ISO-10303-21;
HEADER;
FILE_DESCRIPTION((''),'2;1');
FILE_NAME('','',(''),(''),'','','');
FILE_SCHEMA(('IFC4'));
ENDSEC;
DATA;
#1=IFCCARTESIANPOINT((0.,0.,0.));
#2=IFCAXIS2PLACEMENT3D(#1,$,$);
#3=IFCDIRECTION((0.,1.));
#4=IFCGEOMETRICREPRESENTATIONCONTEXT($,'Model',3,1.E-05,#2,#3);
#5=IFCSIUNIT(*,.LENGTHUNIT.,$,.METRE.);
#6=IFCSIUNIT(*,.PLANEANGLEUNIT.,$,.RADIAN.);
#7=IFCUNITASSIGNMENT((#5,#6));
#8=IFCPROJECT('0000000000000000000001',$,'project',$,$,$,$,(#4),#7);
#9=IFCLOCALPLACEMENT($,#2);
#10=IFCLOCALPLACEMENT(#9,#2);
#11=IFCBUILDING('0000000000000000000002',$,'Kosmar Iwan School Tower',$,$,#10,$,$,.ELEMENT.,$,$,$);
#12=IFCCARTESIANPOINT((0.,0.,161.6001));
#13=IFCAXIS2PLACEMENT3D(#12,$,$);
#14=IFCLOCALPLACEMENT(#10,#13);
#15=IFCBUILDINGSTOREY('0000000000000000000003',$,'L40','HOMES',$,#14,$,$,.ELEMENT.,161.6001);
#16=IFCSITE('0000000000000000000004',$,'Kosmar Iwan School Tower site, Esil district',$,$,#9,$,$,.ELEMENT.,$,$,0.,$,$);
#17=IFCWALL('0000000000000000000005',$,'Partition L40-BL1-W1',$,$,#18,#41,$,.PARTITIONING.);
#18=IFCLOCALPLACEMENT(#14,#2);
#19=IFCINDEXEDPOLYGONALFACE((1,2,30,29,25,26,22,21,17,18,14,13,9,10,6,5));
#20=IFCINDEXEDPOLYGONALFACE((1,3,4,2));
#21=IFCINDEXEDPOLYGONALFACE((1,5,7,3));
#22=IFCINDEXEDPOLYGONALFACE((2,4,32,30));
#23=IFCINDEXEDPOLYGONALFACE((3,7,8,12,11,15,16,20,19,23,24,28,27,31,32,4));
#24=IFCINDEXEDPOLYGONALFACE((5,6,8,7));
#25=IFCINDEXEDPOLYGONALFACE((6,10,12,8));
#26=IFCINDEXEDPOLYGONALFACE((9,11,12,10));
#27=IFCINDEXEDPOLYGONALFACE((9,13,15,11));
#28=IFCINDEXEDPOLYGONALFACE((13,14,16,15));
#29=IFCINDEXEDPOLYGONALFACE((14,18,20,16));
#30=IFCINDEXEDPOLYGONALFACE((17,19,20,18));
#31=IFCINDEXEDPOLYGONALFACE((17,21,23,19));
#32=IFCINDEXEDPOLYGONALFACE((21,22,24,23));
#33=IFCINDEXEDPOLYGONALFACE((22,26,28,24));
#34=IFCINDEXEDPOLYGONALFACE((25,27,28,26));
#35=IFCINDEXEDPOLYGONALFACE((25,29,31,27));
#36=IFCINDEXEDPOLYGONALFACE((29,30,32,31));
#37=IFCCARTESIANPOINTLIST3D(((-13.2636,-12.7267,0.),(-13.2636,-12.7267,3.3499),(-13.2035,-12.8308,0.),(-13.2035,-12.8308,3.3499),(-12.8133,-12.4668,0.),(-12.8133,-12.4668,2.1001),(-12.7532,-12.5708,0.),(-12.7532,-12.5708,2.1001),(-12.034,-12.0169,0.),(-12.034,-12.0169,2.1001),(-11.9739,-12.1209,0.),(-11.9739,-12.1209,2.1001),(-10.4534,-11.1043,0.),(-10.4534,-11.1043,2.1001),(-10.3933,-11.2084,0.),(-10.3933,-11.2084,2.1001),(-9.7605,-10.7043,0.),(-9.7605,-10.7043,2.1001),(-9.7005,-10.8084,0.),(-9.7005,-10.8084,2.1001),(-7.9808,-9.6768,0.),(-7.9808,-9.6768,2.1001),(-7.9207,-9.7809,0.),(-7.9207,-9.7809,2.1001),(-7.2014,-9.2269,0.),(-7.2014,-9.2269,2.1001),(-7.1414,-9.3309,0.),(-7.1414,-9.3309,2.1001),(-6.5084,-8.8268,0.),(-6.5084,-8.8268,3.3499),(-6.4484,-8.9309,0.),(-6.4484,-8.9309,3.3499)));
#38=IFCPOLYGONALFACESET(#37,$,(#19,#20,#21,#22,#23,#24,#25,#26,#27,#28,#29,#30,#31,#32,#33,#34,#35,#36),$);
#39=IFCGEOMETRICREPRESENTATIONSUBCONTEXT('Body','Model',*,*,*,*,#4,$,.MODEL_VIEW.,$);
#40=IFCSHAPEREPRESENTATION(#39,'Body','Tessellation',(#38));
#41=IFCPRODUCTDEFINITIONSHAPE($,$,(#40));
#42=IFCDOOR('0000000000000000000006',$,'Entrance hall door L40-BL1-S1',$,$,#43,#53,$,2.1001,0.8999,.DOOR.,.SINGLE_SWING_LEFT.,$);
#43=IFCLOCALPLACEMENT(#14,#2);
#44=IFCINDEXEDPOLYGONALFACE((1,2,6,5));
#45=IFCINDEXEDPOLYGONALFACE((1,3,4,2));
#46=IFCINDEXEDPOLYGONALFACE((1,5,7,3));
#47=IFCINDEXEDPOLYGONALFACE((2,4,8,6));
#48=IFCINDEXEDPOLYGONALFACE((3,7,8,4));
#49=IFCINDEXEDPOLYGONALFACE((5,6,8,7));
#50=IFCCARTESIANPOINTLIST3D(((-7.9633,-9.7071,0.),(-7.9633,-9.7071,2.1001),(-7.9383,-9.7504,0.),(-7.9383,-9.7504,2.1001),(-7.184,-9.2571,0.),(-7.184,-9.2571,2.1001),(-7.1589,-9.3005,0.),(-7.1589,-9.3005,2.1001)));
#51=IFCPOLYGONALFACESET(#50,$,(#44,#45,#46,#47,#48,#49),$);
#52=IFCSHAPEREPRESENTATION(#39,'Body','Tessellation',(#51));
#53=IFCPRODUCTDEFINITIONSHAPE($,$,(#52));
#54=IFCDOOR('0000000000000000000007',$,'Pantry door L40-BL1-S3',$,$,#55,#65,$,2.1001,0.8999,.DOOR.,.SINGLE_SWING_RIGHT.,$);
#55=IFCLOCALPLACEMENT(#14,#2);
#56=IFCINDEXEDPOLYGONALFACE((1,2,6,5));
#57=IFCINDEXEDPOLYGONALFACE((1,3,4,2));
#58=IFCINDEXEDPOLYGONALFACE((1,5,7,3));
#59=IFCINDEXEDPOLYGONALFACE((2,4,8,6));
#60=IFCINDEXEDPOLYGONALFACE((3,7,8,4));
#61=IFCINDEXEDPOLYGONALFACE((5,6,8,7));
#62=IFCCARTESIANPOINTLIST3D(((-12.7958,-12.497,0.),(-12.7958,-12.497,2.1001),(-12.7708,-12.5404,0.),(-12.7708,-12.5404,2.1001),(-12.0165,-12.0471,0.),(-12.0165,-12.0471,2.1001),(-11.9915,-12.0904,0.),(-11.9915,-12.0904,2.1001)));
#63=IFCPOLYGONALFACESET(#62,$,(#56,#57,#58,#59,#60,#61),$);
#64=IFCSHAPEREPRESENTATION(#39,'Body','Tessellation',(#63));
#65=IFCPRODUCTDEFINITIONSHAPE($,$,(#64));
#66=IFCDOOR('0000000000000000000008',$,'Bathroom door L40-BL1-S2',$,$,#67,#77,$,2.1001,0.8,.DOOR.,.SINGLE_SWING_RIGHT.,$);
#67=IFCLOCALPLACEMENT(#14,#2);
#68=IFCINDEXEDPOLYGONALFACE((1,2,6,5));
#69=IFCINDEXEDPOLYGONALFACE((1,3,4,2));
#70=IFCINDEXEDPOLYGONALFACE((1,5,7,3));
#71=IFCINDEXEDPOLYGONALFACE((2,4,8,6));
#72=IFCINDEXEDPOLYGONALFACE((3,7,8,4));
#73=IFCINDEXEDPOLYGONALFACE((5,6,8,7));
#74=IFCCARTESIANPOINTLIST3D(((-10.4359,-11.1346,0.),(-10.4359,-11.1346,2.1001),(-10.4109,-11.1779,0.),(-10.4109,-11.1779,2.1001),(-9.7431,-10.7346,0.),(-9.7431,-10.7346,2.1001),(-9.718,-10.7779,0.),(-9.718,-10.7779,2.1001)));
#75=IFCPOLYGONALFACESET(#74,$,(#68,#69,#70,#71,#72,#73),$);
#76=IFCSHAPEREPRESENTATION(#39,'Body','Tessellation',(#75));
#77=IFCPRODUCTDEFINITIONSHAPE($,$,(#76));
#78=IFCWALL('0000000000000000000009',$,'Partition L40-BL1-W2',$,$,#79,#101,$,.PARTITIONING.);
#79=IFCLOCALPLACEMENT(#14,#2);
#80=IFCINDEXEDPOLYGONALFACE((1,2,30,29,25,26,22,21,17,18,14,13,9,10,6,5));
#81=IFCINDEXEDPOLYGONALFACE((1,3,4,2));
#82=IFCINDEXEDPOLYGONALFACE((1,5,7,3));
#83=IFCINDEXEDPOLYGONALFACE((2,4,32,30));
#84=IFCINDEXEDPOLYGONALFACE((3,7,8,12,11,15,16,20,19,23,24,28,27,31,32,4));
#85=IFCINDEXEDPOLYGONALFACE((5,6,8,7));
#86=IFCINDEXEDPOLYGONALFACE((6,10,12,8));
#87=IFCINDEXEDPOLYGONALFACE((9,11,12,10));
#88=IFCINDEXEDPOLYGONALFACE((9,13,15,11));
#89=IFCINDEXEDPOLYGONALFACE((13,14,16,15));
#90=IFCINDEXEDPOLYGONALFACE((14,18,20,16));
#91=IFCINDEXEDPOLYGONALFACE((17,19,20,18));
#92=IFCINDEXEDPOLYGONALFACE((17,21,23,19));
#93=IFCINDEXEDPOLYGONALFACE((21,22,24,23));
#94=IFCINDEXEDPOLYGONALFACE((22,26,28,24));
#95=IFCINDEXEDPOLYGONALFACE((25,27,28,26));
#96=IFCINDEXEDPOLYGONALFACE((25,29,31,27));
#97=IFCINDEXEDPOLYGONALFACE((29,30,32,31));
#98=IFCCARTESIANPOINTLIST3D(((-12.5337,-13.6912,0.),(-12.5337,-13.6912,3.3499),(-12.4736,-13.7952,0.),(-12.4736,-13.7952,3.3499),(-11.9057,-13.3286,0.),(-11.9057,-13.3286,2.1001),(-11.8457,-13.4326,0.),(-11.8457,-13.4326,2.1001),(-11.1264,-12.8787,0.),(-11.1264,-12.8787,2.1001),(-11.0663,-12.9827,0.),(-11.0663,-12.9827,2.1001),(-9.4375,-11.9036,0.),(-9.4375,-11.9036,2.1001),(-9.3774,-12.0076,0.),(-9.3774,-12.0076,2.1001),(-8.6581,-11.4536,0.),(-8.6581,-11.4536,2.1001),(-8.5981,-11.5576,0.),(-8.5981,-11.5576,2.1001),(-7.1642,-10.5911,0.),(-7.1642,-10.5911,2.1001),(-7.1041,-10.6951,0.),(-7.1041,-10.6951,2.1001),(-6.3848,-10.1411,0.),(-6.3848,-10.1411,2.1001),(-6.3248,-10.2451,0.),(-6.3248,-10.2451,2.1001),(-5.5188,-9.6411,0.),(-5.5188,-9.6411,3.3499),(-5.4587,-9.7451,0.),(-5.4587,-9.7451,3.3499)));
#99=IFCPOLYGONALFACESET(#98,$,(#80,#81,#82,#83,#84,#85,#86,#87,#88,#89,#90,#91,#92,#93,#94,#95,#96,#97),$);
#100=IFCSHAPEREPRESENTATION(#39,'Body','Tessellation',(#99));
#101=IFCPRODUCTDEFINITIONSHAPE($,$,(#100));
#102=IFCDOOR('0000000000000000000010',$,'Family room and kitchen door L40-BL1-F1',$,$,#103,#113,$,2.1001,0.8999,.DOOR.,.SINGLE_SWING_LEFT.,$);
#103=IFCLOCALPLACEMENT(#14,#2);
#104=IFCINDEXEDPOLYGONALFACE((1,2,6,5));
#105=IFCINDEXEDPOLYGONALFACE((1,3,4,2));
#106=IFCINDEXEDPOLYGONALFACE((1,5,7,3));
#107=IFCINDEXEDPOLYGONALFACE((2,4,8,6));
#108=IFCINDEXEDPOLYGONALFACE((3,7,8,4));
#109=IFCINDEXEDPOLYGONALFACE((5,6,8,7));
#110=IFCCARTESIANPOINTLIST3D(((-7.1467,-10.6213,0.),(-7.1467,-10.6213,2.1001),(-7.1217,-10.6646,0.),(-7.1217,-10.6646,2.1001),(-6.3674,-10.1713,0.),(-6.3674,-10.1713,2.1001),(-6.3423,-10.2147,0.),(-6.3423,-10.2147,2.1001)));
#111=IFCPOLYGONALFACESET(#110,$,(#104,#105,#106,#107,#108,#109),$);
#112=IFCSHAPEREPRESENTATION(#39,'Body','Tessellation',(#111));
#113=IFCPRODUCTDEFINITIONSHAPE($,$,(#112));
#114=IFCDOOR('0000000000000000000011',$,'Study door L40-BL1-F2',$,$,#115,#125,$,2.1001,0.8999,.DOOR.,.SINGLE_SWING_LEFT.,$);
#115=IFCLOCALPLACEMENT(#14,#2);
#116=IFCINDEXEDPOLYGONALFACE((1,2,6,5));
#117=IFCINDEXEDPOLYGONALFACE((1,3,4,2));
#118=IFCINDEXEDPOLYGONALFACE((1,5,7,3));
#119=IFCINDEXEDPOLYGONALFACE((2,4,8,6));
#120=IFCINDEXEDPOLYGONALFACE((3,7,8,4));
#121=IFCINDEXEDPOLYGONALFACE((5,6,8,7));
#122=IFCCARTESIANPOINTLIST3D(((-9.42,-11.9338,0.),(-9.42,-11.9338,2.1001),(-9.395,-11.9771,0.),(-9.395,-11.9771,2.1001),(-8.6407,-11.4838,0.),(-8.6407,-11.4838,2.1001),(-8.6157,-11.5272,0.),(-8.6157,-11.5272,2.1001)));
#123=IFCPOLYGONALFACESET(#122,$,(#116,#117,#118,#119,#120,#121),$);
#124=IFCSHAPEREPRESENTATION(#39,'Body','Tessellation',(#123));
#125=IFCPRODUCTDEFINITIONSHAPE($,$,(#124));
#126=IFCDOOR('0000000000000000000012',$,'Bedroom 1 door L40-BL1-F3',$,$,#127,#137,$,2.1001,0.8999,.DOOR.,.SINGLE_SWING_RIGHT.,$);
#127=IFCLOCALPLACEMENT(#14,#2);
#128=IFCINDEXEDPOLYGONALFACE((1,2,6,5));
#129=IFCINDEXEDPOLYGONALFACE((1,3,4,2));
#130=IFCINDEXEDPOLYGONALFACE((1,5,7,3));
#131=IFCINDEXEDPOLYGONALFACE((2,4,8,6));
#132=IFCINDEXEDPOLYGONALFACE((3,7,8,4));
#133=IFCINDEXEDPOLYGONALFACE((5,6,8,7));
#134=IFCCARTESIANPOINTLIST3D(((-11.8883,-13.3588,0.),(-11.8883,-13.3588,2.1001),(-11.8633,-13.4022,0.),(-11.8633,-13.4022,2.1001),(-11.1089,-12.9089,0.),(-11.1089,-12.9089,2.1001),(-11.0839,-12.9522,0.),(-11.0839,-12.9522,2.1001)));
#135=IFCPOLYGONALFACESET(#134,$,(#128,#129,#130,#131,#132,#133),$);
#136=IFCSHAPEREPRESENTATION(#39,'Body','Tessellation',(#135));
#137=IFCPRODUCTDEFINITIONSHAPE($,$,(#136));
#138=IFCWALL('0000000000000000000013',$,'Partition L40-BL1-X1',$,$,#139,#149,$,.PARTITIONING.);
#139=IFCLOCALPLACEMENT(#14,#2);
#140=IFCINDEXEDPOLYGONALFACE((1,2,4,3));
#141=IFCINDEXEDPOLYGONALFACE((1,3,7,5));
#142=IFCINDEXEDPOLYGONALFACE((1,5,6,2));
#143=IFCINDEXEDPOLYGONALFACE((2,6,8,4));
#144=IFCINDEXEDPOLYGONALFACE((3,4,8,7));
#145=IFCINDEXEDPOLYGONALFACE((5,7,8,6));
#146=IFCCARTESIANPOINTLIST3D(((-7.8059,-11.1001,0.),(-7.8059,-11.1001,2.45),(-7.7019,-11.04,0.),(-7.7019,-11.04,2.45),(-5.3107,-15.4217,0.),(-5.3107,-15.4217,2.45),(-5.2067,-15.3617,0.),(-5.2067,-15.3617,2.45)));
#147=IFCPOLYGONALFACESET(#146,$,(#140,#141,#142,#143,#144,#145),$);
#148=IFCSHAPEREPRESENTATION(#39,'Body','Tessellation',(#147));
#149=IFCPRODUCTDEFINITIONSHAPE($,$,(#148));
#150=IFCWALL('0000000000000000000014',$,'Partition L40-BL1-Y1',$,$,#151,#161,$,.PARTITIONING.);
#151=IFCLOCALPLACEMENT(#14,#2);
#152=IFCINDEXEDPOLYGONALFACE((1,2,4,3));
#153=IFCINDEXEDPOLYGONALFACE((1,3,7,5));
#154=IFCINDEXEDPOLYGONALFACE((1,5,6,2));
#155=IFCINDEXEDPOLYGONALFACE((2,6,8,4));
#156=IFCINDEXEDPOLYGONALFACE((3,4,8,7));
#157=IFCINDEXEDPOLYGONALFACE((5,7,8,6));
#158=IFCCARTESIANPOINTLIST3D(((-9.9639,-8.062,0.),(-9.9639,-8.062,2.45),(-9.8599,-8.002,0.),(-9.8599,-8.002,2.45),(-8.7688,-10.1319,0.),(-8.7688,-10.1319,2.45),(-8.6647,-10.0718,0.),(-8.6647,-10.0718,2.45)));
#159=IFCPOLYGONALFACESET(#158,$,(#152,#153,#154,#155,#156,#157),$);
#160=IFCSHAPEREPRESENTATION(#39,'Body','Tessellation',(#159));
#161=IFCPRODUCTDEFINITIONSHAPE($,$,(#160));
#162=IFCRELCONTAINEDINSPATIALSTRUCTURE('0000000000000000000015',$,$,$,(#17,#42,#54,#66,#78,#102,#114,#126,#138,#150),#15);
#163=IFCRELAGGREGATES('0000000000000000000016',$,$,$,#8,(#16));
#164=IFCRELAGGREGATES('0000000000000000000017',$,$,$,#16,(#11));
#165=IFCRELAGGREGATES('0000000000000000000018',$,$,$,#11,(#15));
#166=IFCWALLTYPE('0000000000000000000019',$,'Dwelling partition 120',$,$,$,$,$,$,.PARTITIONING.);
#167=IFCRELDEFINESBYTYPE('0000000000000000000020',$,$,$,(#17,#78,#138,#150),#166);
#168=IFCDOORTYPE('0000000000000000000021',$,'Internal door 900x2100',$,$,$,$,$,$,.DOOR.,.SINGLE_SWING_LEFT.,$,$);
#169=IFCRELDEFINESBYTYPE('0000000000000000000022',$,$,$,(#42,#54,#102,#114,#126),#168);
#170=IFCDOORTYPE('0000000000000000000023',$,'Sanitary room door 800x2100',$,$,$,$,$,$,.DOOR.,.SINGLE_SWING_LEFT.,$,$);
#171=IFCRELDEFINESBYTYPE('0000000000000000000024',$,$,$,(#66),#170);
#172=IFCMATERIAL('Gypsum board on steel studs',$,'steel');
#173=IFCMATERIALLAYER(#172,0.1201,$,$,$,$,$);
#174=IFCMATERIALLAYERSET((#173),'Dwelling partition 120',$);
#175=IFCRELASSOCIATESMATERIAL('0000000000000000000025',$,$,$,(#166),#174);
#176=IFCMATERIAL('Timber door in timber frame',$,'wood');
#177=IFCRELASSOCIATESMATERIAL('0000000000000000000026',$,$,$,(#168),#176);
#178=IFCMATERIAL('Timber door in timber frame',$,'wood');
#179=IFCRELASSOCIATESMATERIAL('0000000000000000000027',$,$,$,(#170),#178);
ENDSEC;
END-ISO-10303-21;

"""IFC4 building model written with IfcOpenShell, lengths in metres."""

from ifc_helpers import new_model, si_unit, direction, frame, frame_2d, origin, place, context, subcontext, project, spatial, rectangle, extrude, material, layer, layer_set, type_object, element, fill, save


model = new_model("IFC4")

# Units and contexts
model_context = context("Model", 3, precision=1e-05, world=origin(), true_north=direction((0.0, 1.0)))
body_context = subcontext(model_context, "Body", "Model", "MODEL_VIEW")
ifc_project = project(units=[si_unit("LENGTHUNIT", "METRE"), si_unit("PLANEANGLEUNIT", "RADIAN")], contexts=[model_context])

# Site, building, storey
site_placement = place(None, origin())
site = spatial("IfcSite", under=ifc_project, at=site_placement, Name="Kosmar Iwan School Tower site, Esil district", CompositionType="ELEMENT", RefElevation=0.0)
building_placement = place(site_placement, origin())
building = spatial("IfcBuilding", under=site, at=building_placement, Name="Kosmar Iwan School Tower", CompositionType="ELEMENT")
storey_placement = place(building_placement, frame((0.0, 0.0, 161.6001)))
storey = spatial("IfcBuildingStorey", under=building, at=storey_placement, Name="L40", Description="HOMES", CompositionType="ELEMENT", Elevation=161.6001)

# Walls, openings, doors
ifc_material_1 = material(Name="Gypsum board on steel studs", Category="steel")
ifc_layer_1 = layer(ifc_material_1, 0.1201)
ifc_layer_set_1 = layer_set([ifc_layer_1], Name="Dwelling partition 120")
wall_type_1 = type_object("IfcWallType", Name="Dwelling partition 120", PredefinedType="PARTITIONING", material=ifc_layer_set_1)
wall_1_placement = place(storey_placement, frame((-6.4785, -8.8789, 0.0), z_axis=(0.0, 0.0, 1.0), x_axis=(-0.866035, -0.499983, 0.0)))
wall_1 = element("IfcWall", 1, at=wall_1_placement, inside=storey, type_object=wall_type_1, Name="Partition L40-BL1-W1", PredefinedType="PARTITIONING", context=body_context, shape_type="SweptSolid", body=[
    extrude(rectangle(XDim=7.8, YDim=0.1201, at=frame_2d((3.8999, 0.0))), origin(), (0.0, 0.0, 1.0), 3.3499),
])
opening_1_placement = place(wall_1_placement, frame((0.8, 0.0, 0.0)))
opening_1 = element("IfcOpeningElement", 2, at=opening_1_placement, cuts=wall_1, PredefinedType="OPENING", context=body_context, shape_type="SweptSolid", body=[
    extrude(rectangle(XDim=0.8999, YDim=2.1001, at=frame_2d((0.45, 1.05))), frame((0.0, 0.072, 0.0), z_axis=(0.0, -1.0, 0.0), x_axis=(1.0, 0.0, 0.0)), (0.0, 0.0, 1.0), 0.144),
])
opening_2_placement = place(wall_1_placement, frame((3.7551, 0.0, 0.0)))
opening_2 = element("IfcOpeningElement", 3, at=opening_2_placement, cuts=wall_1, PredefinedType="OPENING", context=body_context, shape_type="SweptSolid", body=[
    extrude(rectangle(XDim=0.8, YDim=2.1001, at=frame_2d((0.3999, 1.05))), frame((0.0, 0.072, 0.0), z_axis=(0.0, -1.0, 0.0), x_axis=(1.0, 0.0, 0.0)), (0.0, 0.0, 1.0), 0.144),
])
opening_3_placement = place(wall_1_placement, frame((6.3801, 0.0, 0.0)))
opening_3 = element("IfcOpeningElement", 4, at=opening_3_placement, cuts=wall_1, PredefinedType="OPENING", context=body_context, shape_type="SweptSolid", body=[
    extrude(rectangle(XDim=0.8999, YDim=2.1001, at=frame_2d((0.45, 1.05))), frame((0.0, 0.072, 0.0), z_axis=(0.0, -1.0, 0.0), x_axis=(1.0, 0.0, 0.0)), (0.0, 0.0, 1.0), 0.144),
])
ifc_material_2 = material(Name="Timber door in timber frame", Category="wood")
door_type_1 = type_object("IfcDoorType", Name="Internal door 900x2100", OperationType="SINGLE_SWING_LEFT", PredefinedType="DOOR", material=ifc_material_2)
door_1_placement = place(opening_1_placement, origin())
door_1 = element("IfcDoor", 5, at=door_1_placement, inside=storey, type_object=door_type_1, Name="Entrance hall door L40-BL1-S1", OperationType="SINGLE_SWING_LEFT", OverallHeight=2.1001, OverallWidth=0.8999, PredefinedType="DOOR", context=body_context, shape_type="SweptSolid", body=[
    extrude(rectangle(XDim=0.8999, YDim=2.1001, at=frame_2d((0.45, 1.05))), frame((0.0, 0.0249, 0.0), z_axis=(0.0, -1.0, 0.0), x_axis=(1.0, 0.0, 0.0)), (0.0, 0.0, 1.0), 0.05),
])
fill(opening_1, door_1)
door_2_placement = place(opening_3_placement, origin())
door_2 = element("IfcDoor", 6, at=door_2_placement, inside=storey, type_object=door_type_1, Name="Pantry door L40-BL1-S3", OperationType="SINGLE_SWING_RIGHT", OverallHeight=2.1001, OverallWidth=0.8999, PredefinedType="DOOR", context=body_context, shape_type="SweptSolid", body=[
    extrude(rectangle(XDim=0.8999, YDim=2.1001, at=frame_2d((0.45, 1.05))), frame((0.0, 0.0249, 0.0), z_axis=(0.0, -1.0, 0.0), x_axis=(1.0, 0.0, 0.0)), (0.0, 0.0, 1.0), 0.05),
])
fill(opening_3, door_2)
ifc_material_3 = material(Name="Timber door in timber frame", Category="wood")
door_type_2 = type_object("IfcDoorType", Name="Sanitary room door 800x2100", OperationType="SINGLE_SWING_LEFT", PredefinedType="DOOR", material=ifc_material_3)
door_3_placement = place(opening_2_placement, origin())
door_3 = element("IfcDoor", 7, at=door_3_placement, inside=storey, type_object=door_type_2, Name="Bathroom door L40-BL1-S2", OperationType="SINGLE_SWING_RIGHT", OverallHeight=2.1001, OverallWidth=0.8, PredefinedType="DOOR", context=body_context, shape_type="SweptSolid", body=[
    extrude(rectangle(XDim=0.8, YDim=2.1001, at=frame_2d((0.3999, 1.05))), frame((0.0, 0.0249, 0.0), z_axis=(0.0, -1.0, 0.0), x_axis=(1.0, 0.0, 0.0)), (0.0, 0.0, 1.0), 0.05),
])
fill(opening_2, door_3)
wall_2_placement = place(storey_placement, frame((-5.4888, -9.6931, 0.0), z_axis=(0.0, 0.0, 1.0), x_axis=(-0.866025, -0.5, 0.0)))
wall_2 = element("IfcWall", 8, at=wall_2_placement, inside=storey, type_object=wall_type_1, Name="Partition L40-BL1-W2", PredefinedType="PARTITIONING", context=body_context, shape_type="SweptSolid", body=[
    extrude(rectangle(XDim=8.1001, YDim=0.1201, at=frame_2d((4.05, 0.0))), origin(), (0.0, 0.0, 1.0), 3.3499),
])
opening_4_placement = place(wall_2_placement, frame((1.0, 0.0, 0.0)))
opening_4 = element("IfcOpeningElement", 9, at=opening_4_placement, cuts=wall_2, PredefinedType="OPENING", context=body_context, shape_type="SweptSolid", body=[
    extrude(rectangle(XDim=0.8999, YDim=2.1001, at=frame_2d((0.45, 1.05))), frame((0.0, 0.072, 0.0), z_axis=(0.0, -1.0, 0.0), x_axis=(1.0, 0.0, 0.0)), (0.0, 0.0, 1.0), 0.144),
])
opening_5_placement = place(wall_2_placement, frame((3.625, 0.0, 0.0)))
opening_5 = element("IfcOpeningElement", 10, at=opening_5_placement, cuts=wall_2, PredefinedType="OPENING", context=body_context, shape_type="SweptSolid", body=[
    extrude(rectangle(XDim=0.8999, YDim=2.1001, at=frame_2d((0.45, 1.05))), frame((0.0, 0.072, 0.0), z_axis=(0.0, -1.0, 0.0), x_axis=(1.0, 0.0, 0.0)), (0.0, 0.0, 1.0), 0.144),
])
opening_6_placement = place(wall_2_placement, frame((6.4751, 0.0, 0.0)))
opening_6 = element("IfcOpeningElement", 11, at=opening_6_placement, cuts=wall_2, PredefinedType="OPENING", context=body_context, shape_type="SweptSolid", body=[
    extrude(rectangle(XDim=0.8999, YDim=2.1001, at=frame_2d((0.45, 1.05))), frame((0.0, 0.072, 0.0), z_axis=(0.0, -1.0, 0.0), x_axis=(1.0, 0.0, 0.0)), (0.0, 0.0, 1.0), 0.144),
])
door_4_placement = place(opening_4_placement, origin())
door_4 = element("IfcDoor", 12, at=door_4_placement, inside=storey, type_object=door_type_1, Name="Family room and kitchen door L40-BL1-F1", OperationType="SINGLE_SWING_LEFT", OverallHeight=2.1001, OverallWidth=0.8999, PredefinedType="DOOR", context=body_context, shape_type="SweptSolid", body=[
    extrude(rectangle(XDim=0.8999, YDim=2.1001, at=frame_2d((0.45, 1.05))), frame((0.0, 0.0249, 0.0), z_axis=(0.0, -1.0, 0.0), x_axis=(1.0, 0.0, 0.0)), (0.0, 0.0, 1.0), 0.05),
])
fill(opening_4, door_4)
door_5_placement = place(opening_5_placement, origin())
door_5 = element("IfcDoor", 13, at=door_5_placement, inside=storey, type_object=door_type_1, Name="Study door L40-BL1-F2", OperationType="SINGLE_SWING_LEFT", OverallHeight=2.1001, OverallWidth=0.8999, PredefinedType="DOOR", context=body_context, shape_type="SweptSolid", body=[
    extrude(rectangle(XDim=0.8999, YDim=2.1001, at=frame_2d((0.45, 1.05))), frame((0.0, 0.0249, 0.0), z_axis=(0.0, -1.0, 0.0), x_axis=(1.0, 0.0, 0.0)), (0.0, 0.0, 1.0), 0.05),
])
fill(opening_5, door_5)
door_6_placement = place(opening_6_placement, origin())
door_6 = element("IfcDoor", 14, at=door_6_placement, inside=storey, type_object=door_type_1, Name="Bedroom 1 door L40-BL1-F3", OperationType="SINGLE_SWING_RIGHT", OverallHeight=2.1001, OverallWidth=0.8999, PredefinedType="DOOR", context=body_context, shape_type="SweptSolid", body=[
    extrude(rectangle(XDim=0.8999, YDim=2.1001, at=frame_2d((0.45, 1.05))), frame((0.0, 0.0249, 0.0), z_axis=(0.0, -1.0, 0.0), x_axis=(1.0, 0.0, 0.0)), (0.0, 0.0, 1.0), 0.05),
])
fill(opening_6, door_6)

# Walls
wall_3_placement = place(storey_placement, frame((-7.7539, -11.0701, 0.0), z_axis=(0.0, 0.0, 1.0), x_axis=(0.500012, -0.866019, 0.0)))
element("IfcWall", 15, at=wall_3_placement, inside=storey, type_object=wall_type_1, Name="Partition L40-BL1-X1", PredefinedType="PARTITIONING", context=body_context, shape_type="SweptSolid", body=[
    extrude(rectangle(XDim=4.9902, YDim=0.1201, at=frame_2d((2.4951, 0.0))), origin(), (0.0, 0.0, 1.0), 2.45),
])
wall_4_placement = place(storey_placement, frame((-9.9119, -8.032, 0.0), z_axis=(0.0, 0.0, 1.0), x_axis=(0.500017, -0.866015, 0.0)))
element("IfcWall", 16, at=wall_4_placement, inside=storey, type_object=wall_type_1, Name="Partition L40-BL1-Y1", PredefinedType="PARTITIONING", context=body_context, shape_type="SweptSolid", body=[
    extrude(rectangle(XDim=2.3901, YDim=0.1201, at=frame_2d((1.1951, 0.0))), origin(), (0.0, 0.0, 1.0), 2.45),
])

save(model, "model.ifc")
